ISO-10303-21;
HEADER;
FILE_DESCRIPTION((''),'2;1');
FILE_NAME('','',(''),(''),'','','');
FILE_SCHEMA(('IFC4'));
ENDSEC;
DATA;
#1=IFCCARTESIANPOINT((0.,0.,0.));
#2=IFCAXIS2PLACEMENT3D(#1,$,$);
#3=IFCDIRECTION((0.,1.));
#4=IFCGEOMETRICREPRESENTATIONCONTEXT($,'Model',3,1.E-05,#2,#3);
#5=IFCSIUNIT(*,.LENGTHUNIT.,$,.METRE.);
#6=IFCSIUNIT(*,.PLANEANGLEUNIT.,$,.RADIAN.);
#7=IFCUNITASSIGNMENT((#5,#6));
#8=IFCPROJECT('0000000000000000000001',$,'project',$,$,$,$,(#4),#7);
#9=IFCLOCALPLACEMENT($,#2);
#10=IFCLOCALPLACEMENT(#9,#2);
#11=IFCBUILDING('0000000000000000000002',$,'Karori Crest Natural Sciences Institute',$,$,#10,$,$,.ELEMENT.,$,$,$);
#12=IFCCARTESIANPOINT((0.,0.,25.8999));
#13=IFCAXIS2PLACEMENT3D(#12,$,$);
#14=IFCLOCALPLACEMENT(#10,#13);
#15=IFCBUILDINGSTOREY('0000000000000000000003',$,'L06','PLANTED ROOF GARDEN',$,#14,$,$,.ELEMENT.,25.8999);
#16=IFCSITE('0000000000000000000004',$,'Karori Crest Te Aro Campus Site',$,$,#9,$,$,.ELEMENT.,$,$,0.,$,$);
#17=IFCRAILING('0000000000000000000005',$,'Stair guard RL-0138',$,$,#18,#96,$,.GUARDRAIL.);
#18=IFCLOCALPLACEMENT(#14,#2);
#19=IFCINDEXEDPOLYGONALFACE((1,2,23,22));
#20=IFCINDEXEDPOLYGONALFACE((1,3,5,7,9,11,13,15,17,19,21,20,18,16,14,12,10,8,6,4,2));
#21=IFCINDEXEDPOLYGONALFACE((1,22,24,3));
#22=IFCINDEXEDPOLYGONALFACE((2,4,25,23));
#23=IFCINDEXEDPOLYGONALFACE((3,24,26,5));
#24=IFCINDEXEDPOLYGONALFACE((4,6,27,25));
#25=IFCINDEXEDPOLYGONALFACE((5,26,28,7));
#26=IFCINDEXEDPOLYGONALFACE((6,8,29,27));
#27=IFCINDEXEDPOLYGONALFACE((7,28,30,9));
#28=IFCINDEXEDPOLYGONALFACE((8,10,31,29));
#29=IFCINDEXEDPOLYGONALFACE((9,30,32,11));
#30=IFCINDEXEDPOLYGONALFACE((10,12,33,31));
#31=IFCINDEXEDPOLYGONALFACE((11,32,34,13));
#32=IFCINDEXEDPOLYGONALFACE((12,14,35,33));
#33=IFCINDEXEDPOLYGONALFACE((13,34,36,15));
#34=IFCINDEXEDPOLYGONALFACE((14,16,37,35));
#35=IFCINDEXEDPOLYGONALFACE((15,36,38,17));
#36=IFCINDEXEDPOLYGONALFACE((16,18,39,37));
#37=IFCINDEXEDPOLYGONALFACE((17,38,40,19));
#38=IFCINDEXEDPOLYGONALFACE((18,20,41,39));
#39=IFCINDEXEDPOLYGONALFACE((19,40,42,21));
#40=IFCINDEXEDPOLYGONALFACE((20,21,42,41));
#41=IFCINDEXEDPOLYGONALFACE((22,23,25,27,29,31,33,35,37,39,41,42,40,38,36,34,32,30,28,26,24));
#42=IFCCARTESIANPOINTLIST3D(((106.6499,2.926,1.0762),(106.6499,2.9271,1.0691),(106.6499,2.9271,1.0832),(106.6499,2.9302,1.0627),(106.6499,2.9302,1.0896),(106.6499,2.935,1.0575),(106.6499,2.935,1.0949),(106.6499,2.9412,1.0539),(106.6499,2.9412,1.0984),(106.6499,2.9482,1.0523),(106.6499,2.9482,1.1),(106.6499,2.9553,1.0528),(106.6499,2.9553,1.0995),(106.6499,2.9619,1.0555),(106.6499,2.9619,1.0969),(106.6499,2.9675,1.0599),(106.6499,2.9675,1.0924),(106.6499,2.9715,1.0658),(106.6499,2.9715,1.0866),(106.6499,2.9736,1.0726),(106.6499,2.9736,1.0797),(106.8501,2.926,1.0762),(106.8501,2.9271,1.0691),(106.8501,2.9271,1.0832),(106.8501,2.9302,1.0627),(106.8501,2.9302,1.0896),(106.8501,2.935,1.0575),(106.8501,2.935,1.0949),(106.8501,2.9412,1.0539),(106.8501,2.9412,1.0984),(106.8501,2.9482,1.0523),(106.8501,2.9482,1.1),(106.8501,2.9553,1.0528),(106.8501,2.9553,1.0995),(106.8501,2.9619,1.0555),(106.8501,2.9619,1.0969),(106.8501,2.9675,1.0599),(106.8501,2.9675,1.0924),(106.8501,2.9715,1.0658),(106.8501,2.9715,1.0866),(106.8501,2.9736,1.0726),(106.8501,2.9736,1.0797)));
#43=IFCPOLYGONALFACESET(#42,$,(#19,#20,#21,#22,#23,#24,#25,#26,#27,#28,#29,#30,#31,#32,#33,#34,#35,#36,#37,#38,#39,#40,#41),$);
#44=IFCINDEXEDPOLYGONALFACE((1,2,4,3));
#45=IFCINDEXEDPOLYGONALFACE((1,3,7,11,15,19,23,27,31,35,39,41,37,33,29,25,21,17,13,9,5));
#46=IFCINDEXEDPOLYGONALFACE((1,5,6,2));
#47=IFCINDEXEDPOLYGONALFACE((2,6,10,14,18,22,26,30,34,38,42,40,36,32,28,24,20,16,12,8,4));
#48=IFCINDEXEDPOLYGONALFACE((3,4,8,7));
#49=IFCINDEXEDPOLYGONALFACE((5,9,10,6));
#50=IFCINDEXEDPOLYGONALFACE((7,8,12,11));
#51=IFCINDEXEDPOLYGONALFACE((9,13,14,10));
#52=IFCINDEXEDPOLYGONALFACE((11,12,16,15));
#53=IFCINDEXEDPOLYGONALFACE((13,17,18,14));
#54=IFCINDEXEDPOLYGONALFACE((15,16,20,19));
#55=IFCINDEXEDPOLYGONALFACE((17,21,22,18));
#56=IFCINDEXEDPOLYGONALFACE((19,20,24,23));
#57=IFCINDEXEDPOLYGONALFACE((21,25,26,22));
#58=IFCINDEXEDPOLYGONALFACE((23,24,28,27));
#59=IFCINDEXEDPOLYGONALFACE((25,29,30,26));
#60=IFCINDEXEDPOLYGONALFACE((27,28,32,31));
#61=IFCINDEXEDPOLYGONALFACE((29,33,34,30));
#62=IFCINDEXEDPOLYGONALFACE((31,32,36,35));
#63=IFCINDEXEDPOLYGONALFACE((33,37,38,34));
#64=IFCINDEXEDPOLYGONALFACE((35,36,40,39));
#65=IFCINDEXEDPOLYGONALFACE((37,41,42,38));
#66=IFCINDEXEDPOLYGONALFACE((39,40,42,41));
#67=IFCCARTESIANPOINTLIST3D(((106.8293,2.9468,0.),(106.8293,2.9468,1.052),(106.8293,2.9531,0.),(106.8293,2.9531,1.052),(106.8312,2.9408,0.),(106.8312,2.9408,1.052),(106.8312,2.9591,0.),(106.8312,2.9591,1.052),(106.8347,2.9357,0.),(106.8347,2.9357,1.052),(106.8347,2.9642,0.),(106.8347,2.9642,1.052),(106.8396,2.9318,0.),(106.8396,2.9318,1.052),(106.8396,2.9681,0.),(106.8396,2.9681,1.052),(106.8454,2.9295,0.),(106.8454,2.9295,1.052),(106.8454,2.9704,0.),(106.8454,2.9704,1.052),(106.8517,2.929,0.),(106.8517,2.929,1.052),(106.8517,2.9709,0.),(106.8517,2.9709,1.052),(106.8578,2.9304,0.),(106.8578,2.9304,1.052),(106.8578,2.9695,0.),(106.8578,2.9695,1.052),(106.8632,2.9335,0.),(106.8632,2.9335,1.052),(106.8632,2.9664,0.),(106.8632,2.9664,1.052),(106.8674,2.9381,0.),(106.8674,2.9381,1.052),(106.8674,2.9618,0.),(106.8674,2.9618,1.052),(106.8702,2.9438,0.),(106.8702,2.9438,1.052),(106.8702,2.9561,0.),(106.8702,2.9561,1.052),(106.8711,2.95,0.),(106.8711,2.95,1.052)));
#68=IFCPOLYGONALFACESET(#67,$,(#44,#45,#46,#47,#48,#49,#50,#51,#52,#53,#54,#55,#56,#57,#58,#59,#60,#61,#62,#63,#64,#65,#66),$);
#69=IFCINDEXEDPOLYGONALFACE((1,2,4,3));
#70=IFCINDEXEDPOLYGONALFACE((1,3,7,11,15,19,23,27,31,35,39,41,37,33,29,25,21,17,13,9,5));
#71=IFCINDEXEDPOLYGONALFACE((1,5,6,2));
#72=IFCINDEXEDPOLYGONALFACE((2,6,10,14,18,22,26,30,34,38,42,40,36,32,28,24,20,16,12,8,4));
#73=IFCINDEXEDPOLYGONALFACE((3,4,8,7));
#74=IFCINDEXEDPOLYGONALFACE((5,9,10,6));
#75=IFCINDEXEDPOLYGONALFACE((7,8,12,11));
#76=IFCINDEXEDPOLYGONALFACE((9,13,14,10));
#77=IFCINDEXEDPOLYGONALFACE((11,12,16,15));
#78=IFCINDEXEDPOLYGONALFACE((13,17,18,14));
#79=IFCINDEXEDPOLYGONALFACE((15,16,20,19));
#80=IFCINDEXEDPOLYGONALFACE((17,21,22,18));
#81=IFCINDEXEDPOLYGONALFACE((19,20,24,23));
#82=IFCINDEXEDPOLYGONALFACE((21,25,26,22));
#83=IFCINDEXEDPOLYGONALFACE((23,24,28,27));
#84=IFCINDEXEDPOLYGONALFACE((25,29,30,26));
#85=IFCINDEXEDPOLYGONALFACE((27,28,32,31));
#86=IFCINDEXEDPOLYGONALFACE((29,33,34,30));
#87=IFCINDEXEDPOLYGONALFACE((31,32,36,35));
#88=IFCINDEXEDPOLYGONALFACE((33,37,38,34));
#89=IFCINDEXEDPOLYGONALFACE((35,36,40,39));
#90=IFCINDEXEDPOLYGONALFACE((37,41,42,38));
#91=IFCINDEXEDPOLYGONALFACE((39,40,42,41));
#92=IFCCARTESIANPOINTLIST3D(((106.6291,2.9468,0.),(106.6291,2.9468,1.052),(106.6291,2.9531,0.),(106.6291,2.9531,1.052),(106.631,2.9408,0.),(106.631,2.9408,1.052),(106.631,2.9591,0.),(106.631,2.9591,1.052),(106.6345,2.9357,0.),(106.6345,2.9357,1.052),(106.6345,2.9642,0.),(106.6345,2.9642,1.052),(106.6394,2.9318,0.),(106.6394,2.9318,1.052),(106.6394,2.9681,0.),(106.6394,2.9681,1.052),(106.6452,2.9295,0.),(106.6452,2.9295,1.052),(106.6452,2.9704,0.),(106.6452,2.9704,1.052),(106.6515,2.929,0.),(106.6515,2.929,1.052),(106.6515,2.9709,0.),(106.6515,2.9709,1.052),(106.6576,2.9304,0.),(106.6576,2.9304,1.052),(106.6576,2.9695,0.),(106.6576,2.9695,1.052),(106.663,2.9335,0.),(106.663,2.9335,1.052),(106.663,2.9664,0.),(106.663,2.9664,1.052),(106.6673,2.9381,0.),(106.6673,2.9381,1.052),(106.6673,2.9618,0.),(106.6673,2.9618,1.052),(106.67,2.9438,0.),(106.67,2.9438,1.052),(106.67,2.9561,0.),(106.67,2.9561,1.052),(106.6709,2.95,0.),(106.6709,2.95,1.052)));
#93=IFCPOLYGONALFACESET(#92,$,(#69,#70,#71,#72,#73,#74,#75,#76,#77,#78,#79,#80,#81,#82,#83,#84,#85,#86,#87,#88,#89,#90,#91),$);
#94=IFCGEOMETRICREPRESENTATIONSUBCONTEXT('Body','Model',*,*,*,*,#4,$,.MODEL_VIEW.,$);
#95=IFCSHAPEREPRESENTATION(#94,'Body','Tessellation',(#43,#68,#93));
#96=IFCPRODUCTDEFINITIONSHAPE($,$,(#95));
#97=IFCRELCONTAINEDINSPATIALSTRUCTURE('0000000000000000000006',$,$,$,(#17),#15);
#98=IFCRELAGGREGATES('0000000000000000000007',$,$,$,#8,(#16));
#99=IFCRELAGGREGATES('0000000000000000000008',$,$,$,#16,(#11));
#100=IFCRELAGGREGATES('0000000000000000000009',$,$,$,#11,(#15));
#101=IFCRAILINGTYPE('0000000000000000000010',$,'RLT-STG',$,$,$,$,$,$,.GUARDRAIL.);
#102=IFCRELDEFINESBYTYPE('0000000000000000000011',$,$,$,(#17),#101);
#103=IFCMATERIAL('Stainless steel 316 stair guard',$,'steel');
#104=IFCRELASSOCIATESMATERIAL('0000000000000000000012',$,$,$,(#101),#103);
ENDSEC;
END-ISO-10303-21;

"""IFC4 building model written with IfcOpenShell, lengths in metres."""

from ifc_helpers import new_model, si_unit, direction, frame, origin, origin_2d, place, context, subcontext, project, spatial, circle, extrude, material, type_object, element, save


model = new_model("IFC4")

# Units and contexts
model_context = context("Model", 3, precision=1e-05, world=origin(), true_north=direction((0.0, 1.0)))
body_context = subcontext(model_context, "Body", "Model", "MODEL_VIEW")
ifc_project = project(units=[si_unit("LENGTHUNIT", "METRE"), si_unit("PLANEANGLEUNIT", "RADIAN")], contexts=[model_context])

# Site, building, storey
site_placement = place(None, origin())
site = spatial("IfcSite", under=ifc_project, at=site_placement, Name="Karori Crest Te Aro Campus Site", CompositionType="ELEMENT", RefElevation=0.0)
building_placement = place(site_placement, origin())
building = spatial("IfcBuilding", under=site, at=building_placement, Name="Karori Crest Natural Sciences Institute", CompositionType="ELEMENT")
storey_placement = place(building_placement, frame((0.0, 0.0, 25.8999)))
storey = spatial("IfcBuildingStorey", under=building, at=storey_placement, Name="L06", Description="PLANTED ROOF GARDEN", CompositionType="ELEMENT", Elevation=25.8999)

# Railing
ifc_material_1 = material(Name="Stainless steel 316 stair guard", Category="steel")
railing_type_1 = type_object("IfcRailingType", Name="RLT-STG", PredefinedType="GUARDRAIL", material=ifc_material_1)
railing_1_placement = place(storey_placement, frame((106.8501, 2.95, 0.0)))
element("IfcRailing", 1, at=railing_1_placement, inside=storey, type_object=railing_type_1, Name="Stair guard RL-0138", PredefinedType="GUARDRAIL", context=body_context, shape_type="SweptSolid", body=[
    extrude(circle(Radius=0.0239, at=origin_2d()), frame((0.0, 0.0, 1.0762), z_axis=(-1.0, 0.0, 0.0), x_axis=(0.0, -1.0, 0.0)), (0.0, 0.0, 1.0), 0.2002),
    extrude(circle(Radius=0.021, at=origin_2d()), origin(), (0.0, 0.0, 1.0), 1.052),
    extrude(circle(Radius=0.021, at=origin_2d()), frame((-0.2002, 0.0, 0.0)), (0.0, 0.0, 1.0), 1.052),
])

save(model, "model.ifc")
